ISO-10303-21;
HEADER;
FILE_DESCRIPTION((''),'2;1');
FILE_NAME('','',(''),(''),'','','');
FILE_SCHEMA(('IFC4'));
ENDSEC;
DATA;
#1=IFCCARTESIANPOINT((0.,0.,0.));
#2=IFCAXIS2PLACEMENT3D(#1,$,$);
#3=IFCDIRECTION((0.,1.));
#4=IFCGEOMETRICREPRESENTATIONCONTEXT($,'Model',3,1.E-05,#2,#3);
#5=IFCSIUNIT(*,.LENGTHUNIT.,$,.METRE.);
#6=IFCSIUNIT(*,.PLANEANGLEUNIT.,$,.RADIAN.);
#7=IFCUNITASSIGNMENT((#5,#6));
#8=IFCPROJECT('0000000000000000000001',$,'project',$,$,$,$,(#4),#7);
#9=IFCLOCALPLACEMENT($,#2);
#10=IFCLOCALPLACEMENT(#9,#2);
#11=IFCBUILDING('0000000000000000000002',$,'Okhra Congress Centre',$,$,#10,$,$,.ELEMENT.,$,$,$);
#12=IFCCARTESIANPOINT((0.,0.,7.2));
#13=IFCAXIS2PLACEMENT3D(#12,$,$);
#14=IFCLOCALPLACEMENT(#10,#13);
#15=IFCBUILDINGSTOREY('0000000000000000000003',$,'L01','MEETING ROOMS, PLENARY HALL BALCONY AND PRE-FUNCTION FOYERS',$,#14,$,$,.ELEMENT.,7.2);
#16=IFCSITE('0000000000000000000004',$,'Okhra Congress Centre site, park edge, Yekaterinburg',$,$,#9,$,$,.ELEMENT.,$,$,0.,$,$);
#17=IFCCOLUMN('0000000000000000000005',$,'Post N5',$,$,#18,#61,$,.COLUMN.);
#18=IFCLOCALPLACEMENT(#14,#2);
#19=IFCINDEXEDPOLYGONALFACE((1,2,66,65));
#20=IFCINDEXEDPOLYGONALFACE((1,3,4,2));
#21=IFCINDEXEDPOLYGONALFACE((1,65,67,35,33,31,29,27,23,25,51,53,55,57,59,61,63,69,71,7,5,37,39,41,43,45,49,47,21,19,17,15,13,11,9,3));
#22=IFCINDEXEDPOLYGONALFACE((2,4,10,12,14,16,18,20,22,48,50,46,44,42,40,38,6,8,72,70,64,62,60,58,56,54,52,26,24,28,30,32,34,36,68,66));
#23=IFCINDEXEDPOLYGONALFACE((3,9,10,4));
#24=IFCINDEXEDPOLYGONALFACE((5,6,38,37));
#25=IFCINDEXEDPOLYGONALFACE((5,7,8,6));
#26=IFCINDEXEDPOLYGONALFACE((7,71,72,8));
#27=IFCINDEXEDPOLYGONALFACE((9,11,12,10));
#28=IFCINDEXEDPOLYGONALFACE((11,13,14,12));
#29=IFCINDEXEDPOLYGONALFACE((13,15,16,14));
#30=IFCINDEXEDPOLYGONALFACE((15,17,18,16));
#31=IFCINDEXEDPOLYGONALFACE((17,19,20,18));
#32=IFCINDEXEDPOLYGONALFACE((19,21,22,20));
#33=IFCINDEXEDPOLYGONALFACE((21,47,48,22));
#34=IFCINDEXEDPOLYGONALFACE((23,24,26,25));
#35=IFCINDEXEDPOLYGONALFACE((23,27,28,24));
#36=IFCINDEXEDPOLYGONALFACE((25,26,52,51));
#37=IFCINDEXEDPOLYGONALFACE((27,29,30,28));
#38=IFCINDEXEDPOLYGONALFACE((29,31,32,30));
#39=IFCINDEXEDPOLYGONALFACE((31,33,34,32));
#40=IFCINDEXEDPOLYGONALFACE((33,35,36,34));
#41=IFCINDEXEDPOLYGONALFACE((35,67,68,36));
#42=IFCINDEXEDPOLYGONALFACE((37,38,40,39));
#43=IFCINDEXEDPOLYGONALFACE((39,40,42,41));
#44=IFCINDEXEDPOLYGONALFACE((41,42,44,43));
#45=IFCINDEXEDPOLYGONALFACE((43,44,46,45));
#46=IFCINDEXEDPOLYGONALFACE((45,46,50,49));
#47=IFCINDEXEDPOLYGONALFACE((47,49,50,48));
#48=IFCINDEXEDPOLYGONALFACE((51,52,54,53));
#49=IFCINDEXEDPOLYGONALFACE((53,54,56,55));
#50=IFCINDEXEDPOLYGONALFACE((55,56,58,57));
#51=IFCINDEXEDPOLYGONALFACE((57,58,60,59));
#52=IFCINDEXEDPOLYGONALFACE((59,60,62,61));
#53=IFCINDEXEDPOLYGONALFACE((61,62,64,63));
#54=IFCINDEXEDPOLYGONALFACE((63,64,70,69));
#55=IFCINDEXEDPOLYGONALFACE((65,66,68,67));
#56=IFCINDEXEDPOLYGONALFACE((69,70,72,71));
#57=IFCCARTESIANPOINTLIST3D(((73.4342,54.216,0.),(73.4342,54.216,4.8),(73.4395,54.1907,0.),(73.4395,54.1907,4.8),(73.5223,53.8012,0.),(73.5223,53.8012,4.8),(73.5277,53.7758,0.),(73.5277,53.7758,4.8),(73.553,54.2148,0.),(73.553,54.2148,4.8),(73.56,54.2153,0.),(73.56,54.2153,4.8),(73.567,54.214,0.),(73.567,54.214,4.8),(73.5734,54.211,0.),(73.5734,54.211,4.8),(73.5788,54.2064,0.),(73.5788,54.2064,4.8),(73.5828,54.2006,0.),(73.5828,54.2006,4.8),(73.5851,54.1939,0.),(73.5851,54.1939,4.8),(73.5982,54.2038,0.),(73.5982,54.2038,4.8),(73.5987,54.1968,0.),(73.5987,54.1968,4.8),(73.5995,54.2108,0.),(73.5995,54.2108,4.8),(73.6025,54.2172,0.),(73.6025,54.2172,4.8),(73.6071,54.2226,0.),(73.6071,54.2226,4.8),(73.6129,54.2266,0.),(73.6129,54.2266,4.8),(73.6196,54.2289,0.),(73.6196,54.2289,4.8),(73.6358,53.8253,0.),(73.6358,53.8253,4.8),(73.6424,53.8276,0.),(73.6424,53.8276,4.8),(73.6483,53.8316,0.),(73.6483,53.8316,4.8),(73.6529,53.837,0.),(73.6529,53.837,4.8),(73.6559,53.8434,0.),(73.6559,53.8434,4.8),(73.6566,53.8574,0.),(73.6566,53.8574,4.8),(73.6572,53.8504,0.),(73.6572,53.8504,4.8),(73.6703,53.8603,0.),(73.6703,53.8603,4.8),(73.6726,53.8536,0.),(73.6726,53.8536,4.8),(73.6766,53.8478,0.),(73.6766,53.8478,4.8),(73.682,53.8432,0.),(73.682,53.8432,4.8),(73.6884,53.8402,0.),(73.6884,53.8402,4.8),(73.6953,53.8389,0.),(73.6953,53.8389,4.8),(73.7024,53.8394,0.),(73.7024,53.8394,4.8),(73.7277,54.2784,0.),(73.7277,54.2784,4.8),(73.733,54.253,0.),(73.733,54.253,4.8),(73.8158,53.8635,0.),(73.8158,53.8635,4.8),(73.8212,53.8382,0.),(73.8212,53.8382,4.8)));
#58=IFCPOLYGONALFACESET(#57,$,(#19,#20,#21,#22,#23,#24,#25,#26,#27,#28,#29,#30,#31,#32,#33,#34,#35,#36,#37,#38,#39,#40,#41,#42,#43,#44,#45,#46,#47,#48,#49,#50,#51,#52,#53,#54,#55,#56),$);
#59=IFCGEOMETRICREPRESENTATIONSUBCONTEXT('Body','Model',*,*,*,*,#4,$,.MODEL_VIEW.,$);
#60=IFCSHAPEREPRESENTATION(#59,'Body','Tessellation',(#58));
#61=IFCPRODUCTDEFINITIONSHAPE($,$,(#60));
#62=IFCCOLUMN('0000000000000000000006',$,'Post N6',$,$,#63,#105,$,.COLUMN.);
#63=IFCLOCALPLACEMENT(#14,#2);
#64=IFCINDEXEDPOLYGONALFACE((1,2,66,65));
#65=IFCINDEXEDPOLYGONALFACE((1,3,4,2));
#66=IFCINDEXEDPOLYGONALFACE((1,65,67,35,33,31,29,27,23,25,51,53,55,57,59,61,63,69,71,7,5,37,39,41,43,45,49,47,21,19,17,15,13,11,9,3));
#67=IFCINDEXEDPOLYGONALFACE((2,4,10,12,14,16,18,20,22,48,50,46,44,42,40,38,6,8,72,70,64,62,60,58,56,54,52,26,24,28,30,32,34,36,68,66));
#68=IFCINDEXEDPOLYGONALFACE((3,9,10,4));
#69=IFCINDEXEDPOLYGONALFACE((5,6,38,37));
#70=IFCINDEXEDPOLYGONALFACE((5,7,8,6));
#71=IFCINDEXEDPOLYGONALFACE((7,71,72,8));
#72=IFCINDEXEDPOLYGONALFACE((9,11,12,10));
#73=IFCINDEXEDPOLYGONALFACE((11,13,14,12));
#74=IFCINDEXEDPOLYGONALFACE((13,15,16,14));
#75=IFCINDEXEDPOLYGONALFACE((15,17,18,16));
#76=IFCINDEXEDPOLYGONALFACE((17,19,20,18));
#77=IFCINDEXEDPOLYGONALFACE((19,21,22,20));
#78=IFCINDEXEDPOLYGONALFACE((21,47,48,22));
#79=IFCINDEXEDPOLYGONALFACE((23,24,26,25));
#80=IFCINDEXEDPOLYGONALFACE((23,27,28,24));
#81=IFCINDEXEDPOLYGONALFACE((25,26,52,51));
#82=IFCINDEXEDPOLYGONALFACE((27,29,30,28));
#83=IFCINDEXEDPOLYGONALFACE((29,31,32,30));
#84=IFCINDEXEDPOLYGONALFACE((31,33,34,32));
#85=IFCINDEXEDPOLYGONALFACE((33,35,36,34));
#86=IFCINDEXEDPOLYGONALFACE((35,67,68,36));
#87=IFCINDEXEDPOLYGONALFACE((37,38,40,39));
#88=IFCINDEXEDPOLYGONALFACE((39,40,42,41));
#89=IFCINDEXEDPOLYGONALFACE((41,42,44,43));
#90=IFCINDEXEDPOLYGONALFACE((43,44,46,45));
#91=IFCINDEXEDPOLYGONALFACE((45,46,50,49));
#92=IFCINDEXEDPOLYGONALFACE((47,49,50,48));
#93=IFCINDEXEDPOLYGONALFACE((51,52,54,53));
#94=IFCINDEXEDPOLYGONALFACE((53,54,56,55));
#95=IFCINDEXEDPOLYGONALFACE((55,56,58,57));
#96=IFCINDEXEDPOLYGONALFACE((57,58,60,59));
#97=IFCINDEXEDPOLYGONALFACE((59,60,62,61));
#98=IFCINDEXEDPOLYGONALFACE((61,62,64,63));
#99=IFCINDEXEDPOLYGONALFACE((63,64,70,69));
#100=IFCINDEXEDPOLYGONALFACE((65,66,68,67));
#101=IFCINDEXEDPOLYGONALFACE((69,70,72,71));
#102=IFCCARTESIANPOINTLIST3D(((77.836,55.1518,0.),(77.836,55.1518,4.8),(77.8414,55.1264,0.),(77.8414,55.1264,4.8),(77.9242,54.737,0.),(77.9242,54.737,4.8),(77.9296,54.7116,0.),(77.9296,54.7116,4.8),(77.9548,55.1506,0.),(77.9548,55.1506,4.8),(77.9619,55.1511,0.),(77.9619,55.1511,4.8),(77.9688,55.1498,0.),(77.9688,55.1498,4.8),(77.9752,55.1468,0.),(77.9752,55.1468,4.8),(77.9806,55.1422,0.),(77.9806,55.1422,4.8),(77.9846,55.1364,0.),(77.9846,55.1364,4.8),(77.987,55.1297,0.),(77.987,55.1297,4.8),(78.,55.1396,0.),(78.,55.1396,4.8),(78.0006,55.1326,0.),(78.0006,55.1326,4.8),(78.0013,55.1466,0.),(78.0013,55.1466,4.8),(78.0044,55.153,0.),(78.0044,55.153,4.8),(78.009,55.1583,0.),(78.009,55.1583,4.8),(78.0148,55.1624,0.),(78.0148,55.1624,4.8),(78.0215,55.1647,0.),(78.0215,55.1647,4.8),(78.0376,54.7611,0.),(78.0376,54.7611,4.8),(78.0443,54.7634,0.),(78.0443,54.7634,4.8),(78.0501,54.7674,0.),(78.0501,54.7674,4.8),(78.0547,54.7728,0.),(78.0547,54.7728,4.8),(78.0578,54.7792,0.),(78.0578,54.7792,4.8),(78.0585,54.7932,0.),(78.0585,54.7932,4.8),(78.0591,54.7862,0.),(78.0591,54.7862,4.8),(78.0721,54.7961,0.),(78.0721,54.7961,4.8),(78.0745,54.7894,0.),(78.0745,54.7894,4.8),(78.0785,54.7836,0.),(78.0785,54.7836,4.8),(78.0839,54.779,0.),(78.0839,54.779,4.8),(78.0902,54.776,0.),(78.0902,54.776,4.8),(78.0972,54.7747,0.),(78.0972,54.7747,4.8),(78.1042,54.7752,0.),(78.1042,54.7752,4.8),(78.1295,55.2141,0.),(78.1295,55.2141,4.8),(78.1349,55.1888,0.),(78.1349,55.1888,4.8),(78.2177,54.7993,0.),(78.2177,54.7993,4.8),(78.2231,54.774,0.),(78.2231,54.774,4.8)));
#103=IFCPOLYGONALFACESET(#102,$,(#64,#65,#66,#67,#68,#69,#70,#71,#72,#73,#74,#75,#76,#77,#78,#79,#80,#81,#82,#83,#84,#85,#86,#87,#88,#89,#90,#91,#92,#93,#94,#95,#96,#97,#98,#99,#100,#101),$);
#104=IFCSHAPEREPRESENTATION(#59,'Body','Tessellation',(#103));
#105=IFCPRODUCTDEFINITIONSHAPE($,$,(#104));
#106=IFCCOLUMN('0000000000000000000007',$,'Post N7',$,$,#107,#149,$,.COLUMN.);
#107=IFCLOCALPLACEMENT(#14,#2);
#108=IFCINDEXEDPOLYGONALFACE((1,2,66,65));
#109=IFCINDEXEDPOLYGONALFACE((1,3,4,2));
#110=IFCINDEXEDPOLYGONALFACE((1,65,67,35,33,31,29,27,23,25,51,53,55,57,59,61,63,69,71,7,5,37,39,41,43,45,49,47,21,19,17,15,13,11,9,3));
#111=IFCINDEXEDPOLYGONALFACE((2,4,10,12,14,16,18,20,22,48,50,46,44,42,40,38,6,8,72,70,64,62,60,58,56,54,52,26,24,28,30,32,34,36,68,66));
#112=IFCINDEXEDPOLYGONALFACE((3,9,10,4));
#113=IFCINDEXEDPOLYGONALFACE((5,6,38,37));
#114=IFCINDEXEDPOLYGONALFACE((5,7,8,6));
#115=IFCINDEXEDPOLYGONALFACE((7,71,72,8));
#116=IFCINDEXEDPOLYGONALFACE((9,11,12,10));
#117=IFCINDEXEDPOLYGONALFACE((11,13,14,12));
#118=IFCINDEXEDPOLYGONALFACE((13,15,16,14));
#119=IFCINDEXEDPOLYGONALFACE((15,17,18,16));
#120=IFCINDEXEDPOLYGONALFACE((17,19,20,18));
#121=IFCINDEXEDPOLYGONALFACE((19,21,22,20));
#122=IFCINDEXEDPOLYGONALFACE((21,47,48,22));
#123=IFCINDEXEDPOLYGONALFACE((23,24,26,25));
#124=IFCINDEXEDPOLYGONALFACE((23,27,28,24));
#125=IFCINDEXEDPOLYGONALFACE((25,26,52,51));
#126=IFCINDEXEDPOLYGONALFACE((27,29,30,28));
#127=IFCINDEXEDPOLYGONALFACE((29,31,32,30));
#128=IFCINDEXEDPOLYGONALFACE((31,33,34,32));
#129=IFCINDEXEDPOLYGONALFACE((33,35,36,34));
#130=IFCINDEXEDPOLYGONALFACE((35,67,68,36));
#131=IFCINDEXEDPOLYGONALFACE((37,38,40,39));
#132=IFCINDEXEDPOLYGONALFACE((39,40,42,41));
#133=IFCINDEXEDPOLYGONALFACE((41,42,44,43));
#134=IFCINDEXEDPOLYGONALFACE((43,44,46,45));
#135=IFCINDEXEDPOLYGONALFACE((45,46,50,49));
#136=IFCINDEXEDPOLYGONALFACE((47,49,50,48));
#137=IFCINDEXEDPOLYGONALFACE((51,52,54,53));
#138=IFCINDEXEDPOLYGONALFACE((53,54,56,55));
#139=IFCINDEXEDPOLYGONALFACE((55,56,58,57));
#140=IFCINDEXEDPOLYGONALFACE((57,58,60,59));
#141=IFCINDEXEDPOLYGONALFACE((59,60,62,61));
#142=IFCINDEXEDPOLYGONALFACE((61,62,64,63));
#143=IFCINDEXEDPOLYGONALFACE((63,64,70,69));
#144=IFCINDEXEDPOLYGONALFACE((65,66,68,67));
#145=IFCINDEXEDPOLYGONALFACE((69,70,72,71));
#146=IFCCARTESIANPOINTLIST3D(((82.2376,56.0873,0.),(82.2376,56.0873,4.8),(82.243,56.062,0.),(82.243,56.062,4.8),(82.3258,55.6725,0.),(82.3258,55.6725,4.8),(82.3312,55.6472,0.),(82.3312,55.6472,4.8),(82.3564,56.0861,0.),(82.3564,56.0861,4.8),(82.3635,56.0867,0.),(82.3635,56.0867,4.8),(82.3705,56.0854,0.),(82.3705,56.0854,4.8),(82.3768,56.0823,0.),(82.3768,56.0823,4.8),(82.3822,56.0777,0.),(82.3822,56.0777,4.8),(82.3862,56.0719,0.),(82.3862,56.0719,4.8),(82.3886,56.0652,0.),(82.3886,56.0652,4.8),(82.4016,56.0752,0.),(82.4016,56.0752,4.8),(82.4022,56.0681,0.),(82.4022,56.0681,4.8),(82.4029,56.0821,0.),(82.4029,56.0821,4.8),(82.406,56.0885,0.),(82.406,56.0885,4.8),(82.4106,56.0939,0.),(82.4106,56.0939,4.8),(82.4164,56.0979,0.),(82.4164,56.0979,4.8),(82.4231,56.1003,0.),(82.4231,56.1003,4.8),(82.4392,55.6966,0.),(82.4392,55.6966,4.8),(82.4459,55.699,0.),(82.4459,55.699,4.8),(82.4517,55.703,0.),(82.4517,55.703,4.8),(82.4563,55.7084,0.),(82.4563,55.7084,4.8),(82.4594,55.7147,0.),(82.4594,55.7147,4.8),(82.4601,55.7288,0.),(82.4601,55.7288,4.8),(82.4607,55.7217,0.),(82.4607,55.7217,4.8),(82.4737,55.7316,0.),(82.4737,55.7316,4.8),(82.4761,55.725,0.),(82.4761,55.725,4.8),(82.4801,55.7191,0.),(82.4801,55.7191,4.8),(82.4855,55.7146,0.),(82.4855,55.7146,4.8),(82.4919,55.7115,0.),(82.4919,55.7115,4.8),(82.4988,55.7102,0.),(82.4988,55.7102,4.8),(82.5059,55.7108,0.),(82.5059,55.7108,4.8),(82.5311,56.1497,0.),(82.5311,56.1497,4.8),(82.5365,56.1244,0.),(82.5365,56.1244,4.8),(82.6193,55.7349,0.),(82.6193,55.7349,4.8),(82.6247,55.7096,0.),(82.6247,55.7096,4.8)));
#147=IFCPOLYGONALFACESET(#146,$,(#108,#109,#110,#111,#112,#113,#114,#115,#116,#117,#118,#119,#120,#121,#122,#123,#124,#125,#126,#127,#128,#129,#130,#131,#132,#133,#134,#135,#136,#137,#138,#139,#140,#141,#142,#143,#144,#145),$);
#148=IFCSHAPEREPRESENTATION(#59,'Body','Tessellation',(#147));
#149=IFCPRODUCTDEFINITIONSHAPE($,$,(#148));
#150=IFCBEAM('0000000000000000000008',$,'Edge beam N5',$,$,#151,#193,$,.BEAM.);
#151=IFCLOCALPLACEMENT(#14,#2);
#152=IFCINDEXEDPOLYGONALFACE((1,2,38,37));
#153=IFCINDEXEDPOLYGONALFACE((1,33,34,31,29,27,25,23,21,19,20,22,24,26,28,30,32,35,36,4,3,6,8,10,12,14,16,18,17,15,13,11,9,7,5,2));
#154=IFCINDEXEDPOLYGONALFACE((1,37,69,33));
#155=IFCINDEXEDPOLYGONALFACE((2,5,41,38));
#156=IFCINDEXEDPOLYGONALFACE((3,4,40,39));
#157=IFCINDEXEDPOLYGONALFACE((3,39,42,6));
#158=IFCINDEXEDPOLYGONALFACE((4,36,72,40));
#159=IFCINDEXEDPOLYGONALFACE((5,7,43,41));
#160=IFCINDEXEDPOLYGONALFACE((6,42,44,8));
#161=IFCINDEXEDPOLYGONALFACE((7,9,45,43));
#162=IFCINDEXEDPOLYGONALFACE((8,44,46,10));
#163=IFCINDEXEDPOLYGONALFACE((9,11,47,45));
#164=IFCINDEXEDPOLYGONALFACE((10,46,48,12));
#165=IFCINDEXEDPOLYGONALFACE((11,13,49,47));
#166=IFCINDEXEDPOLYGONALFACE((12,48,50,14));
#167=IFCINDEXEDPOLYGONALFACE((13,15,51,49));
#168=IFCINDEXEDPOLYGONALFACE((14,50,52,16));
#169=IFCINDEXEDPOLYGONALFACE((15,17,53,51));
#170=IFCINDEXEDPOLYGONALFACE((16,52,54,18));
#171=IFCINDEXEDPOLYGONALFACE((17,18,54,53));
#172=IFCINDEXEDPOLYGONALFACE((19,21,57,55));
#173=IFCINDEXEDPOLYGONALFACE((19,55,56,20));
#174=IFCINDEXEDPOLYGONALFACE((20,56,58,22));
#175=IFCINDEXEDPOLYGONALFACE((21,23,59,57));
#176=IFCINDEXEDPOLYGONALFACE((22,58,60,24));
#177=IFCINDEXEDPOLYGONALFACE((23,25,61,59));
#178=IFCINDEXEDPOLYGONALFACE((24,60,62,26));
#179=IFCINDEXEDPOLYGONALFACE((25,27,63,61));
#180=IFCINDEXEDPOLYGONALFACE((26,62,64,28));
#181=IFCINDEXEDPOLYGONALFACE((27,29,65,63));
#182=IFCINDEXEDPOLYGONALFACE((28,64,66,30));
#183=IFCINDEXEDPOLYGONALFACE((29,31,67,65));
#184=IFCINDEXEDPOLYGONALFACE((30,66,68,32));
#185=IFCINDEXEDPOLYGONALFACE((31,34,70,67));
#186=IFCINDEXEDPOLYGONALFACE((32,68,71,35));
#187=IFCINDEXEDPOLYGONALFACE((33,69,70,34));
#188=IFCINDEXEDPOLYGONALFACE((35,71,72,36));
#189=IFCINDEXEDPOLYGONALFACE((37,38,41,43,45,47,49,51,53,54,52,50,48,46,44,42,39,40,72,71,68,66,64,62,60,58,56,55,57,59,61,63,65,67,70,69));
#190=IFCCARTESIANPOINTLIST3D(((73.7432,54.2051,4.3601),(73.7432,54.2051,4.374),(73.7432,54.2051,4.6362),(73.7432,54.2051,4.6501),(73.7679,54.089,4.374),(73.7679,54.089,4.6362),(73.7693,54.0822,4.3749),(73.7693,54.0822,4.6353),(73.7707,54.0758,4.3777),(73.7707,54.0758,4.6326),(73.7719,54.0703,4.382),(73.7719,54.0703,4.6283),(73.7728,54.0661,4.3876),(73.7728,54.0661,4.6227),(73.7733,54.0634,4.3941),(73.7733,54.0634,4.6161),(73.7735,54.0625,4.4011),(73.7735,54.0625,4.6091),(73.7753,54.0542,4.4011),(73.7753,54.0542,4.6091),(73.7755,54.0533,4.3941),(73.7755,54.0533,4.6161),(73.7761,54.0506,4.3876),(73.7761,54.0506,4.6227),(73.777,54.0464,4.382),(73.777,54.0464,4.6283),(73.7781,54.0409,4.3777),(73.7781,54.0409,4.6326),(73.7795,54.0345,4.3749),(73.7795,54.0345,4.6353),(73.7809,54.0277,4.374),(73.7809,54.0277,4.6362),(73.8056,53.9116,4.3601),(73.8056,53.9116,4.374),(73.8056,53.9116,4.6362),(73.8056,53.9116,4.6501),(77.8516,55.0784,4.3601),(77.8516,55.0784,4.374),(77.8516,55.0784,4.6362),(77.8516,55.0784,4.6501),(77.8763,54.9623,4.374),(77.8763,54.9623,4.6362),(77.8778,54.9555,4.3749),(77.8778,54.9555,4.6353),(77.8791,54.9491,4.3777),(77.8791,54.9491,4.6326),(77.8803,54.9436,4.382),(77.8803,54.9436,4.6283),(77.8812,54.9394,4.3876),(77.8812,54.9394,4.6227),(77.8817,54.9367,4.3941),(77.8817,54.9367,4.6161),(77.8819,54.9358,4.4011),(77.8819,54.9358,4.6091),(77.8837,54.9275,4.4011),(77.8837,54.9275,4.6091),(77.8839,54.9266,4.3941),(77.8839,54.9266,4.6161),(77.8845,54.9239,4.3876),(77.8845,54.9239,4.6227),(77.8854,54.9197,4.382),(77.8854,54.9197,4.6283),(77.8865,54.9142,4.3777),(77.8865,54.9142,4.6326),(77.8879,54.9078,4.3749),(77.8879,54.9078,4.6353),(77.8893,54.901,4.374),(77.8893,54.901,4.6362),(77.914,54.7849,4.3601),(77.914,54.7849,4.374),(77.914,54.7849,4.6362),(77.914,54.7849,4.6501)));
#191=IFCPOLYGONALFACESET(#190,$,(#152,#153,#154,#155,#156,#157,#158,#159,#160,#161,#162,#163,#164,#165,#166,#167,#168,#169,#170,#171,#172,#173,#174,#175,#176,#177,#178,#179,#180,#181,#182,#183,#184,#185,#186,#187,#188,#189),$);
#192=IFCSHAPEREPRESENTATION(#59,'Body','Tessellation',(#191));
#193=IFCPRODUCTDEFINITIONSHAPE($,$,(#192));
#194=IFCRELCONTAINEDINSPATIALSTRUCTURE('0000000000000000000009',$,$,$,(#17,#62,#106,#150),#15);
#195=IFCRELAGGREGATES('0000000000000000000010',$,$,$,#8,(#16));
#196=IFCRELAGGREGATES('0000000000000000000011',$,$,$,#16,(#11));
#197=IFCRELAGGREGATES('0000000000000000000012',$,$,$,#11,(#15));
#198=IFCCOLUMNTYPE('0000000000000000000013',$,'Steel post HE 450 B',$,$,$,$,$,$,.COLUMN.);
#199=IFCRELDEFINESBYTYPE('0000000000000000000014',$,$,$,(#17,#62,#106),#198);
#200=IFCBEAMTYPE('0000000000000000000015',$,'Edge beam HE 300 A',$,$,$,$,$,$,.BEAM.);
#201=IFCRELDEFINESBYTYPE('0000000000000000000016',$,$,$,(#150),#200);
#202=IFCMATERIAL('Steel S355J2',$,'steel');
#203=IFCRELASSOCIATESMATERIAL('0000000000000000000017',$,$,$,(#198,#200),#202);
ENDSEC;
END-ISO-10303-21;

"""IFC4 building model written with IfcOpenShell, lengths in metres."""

from ifc_helpers import new_model, si_unit, direction, frame, origin, origin_2d, place, context, subcontext, project, spatial, i_section, extrude, material, material_profile, profile_set, type_object, element, save


model = new_model("IFC4")

# Units and contexts
model_context = context("Model", 3, precision=1e-05, world=origin(), true_north=direction((0.0, 1.0)))
body_context = subcontext(model_context, "Body", "Model", "MODEL_VIEW")
ifc_project = project(units=[si_unit("LENGTHUNIT", "METRE"), si_unit("PLANEANGLEUNIT", "RADIAN")], contexts=[model_context])

# Site, building, storey
site_placement = place(None, origin())
site = spatial("IfcSite", under=ifc_project, at=site_placement, Name="Okhra Congress Centre site, park edge, Yekaterinburg", CompositionType="ELEMENT", RefElevation=0.0)
building_placement = place(site_placement, origin())
building = spatial("IfcBuilding", under=site, at=building_placement, Name="Okhra Congress Centre", CompositionType="ELEMENT")
storey_placement = place(building_placement, frame((0.0, 0.0, 7.2)))
storey = spatial("IfcBuildingStorey", under=building, at=storey_placement, Name="L01", Description="MEETING ROOMS, PLENARY HALL BALCONY AND PRE-FUNCTION FOYERS", CompositionType="ELEMENT", Elevation=7.2)

# Columns
ifc_material_1 = material(Name="Steel S355J2", Category="steel")
ifc_material_profile_1 = material_profile(ifc_material_1, i_section(OverallWidth=0.3, OverallDepth=0.45, WebThickness=0.0139, FlangeThickness=0.0259, FilletRadius=0.0271, at=origin_2d()), Name="HE 450 B")
ifc_profile_set_1 = profile_set([ifc_material_profile_1], Name="Steel S355J2")
column_type = type_object("IfcColumnType", Name="Steel post HE 450 B", PredefinedType="COLUMN", material=ifc_profile_set_1)
for number, where, z_axis, x_axis, name in (
    (1, (73.6277, 54.0271, 0.0), (0.0, 0.0, 1.0), (0.978148, 0.207912, 0.0), "Post N5"),
    (2, (78.0295, 54.9629, 0.0), (0.0, 0.0, 1.0), (0.978148, 0.207912, 0.0), "Post N6"),
    (3, (82.4312, 55.8984, 0.0), (0.0, 0.0, 1.0), (0.978148, 0.207912, 0.0), "Post N7"),
):
    element("IfcColumn", number, at=place(storey_placement, frame(where, z_axis=z_axis, x_axis=x_axis)), inside=storey, type_object=column_type, Name=name, PredefinedType="COLUMN", context=body_context, shape_type="SweptSolid", body=[
        extrude(i_section(OverallWidth=0.3, OverallDepth=0.45, WebThickness=0.0139, FlangeThickness=0.0259, FilletRadius=0.0271, at=origin_2d()), origin(), (0.0, 0.0, 1.0), 4.8),
    ])

# Beam
ifc_material_profile_2 = material_profile(ifc_material_1, i_section(OverallWidth=0.3, OverallDepth=0.29, WebThickness=0.0085, FlangeThickness=0.0139, FilletRadius=0.0271, at=origin_2d()), Name="HE 300 A")
ifc_profile_set_2 = profile_set([ifc_material_profile_2], Name="Steel S355J2")
beam_type = type_object("IfcBeamType", Name="Edge beam HE 300 A", PredefinedType="BEAM", material=ifc_profile_set_2)
beam_placement = place(storey_placement, frame((73.7744, 54.0583, 4.5051), z_axis=(0.978146, 0.207917, 0.0), x_axis=(-0.207917, 0.978146, 0.0)))
element("IfcBeam", 4, at=beam_placement, inside=storey, type_object=beam_type, Name="Edge beam N5", PredefinedType="BEAM", context=body_context, shape_type="SweptSolid", body=[
    extrude(i_section(OverallWidth=0.3, OverallDepth=0.29, WebThickness=0.0085, FlangeThickness=0.0139, FilletRadius=0.0271, at=origin_2d()), origin(), (0.0, 0.0, 1.0), 4.2002),
])

save(model, "model.ifc")
